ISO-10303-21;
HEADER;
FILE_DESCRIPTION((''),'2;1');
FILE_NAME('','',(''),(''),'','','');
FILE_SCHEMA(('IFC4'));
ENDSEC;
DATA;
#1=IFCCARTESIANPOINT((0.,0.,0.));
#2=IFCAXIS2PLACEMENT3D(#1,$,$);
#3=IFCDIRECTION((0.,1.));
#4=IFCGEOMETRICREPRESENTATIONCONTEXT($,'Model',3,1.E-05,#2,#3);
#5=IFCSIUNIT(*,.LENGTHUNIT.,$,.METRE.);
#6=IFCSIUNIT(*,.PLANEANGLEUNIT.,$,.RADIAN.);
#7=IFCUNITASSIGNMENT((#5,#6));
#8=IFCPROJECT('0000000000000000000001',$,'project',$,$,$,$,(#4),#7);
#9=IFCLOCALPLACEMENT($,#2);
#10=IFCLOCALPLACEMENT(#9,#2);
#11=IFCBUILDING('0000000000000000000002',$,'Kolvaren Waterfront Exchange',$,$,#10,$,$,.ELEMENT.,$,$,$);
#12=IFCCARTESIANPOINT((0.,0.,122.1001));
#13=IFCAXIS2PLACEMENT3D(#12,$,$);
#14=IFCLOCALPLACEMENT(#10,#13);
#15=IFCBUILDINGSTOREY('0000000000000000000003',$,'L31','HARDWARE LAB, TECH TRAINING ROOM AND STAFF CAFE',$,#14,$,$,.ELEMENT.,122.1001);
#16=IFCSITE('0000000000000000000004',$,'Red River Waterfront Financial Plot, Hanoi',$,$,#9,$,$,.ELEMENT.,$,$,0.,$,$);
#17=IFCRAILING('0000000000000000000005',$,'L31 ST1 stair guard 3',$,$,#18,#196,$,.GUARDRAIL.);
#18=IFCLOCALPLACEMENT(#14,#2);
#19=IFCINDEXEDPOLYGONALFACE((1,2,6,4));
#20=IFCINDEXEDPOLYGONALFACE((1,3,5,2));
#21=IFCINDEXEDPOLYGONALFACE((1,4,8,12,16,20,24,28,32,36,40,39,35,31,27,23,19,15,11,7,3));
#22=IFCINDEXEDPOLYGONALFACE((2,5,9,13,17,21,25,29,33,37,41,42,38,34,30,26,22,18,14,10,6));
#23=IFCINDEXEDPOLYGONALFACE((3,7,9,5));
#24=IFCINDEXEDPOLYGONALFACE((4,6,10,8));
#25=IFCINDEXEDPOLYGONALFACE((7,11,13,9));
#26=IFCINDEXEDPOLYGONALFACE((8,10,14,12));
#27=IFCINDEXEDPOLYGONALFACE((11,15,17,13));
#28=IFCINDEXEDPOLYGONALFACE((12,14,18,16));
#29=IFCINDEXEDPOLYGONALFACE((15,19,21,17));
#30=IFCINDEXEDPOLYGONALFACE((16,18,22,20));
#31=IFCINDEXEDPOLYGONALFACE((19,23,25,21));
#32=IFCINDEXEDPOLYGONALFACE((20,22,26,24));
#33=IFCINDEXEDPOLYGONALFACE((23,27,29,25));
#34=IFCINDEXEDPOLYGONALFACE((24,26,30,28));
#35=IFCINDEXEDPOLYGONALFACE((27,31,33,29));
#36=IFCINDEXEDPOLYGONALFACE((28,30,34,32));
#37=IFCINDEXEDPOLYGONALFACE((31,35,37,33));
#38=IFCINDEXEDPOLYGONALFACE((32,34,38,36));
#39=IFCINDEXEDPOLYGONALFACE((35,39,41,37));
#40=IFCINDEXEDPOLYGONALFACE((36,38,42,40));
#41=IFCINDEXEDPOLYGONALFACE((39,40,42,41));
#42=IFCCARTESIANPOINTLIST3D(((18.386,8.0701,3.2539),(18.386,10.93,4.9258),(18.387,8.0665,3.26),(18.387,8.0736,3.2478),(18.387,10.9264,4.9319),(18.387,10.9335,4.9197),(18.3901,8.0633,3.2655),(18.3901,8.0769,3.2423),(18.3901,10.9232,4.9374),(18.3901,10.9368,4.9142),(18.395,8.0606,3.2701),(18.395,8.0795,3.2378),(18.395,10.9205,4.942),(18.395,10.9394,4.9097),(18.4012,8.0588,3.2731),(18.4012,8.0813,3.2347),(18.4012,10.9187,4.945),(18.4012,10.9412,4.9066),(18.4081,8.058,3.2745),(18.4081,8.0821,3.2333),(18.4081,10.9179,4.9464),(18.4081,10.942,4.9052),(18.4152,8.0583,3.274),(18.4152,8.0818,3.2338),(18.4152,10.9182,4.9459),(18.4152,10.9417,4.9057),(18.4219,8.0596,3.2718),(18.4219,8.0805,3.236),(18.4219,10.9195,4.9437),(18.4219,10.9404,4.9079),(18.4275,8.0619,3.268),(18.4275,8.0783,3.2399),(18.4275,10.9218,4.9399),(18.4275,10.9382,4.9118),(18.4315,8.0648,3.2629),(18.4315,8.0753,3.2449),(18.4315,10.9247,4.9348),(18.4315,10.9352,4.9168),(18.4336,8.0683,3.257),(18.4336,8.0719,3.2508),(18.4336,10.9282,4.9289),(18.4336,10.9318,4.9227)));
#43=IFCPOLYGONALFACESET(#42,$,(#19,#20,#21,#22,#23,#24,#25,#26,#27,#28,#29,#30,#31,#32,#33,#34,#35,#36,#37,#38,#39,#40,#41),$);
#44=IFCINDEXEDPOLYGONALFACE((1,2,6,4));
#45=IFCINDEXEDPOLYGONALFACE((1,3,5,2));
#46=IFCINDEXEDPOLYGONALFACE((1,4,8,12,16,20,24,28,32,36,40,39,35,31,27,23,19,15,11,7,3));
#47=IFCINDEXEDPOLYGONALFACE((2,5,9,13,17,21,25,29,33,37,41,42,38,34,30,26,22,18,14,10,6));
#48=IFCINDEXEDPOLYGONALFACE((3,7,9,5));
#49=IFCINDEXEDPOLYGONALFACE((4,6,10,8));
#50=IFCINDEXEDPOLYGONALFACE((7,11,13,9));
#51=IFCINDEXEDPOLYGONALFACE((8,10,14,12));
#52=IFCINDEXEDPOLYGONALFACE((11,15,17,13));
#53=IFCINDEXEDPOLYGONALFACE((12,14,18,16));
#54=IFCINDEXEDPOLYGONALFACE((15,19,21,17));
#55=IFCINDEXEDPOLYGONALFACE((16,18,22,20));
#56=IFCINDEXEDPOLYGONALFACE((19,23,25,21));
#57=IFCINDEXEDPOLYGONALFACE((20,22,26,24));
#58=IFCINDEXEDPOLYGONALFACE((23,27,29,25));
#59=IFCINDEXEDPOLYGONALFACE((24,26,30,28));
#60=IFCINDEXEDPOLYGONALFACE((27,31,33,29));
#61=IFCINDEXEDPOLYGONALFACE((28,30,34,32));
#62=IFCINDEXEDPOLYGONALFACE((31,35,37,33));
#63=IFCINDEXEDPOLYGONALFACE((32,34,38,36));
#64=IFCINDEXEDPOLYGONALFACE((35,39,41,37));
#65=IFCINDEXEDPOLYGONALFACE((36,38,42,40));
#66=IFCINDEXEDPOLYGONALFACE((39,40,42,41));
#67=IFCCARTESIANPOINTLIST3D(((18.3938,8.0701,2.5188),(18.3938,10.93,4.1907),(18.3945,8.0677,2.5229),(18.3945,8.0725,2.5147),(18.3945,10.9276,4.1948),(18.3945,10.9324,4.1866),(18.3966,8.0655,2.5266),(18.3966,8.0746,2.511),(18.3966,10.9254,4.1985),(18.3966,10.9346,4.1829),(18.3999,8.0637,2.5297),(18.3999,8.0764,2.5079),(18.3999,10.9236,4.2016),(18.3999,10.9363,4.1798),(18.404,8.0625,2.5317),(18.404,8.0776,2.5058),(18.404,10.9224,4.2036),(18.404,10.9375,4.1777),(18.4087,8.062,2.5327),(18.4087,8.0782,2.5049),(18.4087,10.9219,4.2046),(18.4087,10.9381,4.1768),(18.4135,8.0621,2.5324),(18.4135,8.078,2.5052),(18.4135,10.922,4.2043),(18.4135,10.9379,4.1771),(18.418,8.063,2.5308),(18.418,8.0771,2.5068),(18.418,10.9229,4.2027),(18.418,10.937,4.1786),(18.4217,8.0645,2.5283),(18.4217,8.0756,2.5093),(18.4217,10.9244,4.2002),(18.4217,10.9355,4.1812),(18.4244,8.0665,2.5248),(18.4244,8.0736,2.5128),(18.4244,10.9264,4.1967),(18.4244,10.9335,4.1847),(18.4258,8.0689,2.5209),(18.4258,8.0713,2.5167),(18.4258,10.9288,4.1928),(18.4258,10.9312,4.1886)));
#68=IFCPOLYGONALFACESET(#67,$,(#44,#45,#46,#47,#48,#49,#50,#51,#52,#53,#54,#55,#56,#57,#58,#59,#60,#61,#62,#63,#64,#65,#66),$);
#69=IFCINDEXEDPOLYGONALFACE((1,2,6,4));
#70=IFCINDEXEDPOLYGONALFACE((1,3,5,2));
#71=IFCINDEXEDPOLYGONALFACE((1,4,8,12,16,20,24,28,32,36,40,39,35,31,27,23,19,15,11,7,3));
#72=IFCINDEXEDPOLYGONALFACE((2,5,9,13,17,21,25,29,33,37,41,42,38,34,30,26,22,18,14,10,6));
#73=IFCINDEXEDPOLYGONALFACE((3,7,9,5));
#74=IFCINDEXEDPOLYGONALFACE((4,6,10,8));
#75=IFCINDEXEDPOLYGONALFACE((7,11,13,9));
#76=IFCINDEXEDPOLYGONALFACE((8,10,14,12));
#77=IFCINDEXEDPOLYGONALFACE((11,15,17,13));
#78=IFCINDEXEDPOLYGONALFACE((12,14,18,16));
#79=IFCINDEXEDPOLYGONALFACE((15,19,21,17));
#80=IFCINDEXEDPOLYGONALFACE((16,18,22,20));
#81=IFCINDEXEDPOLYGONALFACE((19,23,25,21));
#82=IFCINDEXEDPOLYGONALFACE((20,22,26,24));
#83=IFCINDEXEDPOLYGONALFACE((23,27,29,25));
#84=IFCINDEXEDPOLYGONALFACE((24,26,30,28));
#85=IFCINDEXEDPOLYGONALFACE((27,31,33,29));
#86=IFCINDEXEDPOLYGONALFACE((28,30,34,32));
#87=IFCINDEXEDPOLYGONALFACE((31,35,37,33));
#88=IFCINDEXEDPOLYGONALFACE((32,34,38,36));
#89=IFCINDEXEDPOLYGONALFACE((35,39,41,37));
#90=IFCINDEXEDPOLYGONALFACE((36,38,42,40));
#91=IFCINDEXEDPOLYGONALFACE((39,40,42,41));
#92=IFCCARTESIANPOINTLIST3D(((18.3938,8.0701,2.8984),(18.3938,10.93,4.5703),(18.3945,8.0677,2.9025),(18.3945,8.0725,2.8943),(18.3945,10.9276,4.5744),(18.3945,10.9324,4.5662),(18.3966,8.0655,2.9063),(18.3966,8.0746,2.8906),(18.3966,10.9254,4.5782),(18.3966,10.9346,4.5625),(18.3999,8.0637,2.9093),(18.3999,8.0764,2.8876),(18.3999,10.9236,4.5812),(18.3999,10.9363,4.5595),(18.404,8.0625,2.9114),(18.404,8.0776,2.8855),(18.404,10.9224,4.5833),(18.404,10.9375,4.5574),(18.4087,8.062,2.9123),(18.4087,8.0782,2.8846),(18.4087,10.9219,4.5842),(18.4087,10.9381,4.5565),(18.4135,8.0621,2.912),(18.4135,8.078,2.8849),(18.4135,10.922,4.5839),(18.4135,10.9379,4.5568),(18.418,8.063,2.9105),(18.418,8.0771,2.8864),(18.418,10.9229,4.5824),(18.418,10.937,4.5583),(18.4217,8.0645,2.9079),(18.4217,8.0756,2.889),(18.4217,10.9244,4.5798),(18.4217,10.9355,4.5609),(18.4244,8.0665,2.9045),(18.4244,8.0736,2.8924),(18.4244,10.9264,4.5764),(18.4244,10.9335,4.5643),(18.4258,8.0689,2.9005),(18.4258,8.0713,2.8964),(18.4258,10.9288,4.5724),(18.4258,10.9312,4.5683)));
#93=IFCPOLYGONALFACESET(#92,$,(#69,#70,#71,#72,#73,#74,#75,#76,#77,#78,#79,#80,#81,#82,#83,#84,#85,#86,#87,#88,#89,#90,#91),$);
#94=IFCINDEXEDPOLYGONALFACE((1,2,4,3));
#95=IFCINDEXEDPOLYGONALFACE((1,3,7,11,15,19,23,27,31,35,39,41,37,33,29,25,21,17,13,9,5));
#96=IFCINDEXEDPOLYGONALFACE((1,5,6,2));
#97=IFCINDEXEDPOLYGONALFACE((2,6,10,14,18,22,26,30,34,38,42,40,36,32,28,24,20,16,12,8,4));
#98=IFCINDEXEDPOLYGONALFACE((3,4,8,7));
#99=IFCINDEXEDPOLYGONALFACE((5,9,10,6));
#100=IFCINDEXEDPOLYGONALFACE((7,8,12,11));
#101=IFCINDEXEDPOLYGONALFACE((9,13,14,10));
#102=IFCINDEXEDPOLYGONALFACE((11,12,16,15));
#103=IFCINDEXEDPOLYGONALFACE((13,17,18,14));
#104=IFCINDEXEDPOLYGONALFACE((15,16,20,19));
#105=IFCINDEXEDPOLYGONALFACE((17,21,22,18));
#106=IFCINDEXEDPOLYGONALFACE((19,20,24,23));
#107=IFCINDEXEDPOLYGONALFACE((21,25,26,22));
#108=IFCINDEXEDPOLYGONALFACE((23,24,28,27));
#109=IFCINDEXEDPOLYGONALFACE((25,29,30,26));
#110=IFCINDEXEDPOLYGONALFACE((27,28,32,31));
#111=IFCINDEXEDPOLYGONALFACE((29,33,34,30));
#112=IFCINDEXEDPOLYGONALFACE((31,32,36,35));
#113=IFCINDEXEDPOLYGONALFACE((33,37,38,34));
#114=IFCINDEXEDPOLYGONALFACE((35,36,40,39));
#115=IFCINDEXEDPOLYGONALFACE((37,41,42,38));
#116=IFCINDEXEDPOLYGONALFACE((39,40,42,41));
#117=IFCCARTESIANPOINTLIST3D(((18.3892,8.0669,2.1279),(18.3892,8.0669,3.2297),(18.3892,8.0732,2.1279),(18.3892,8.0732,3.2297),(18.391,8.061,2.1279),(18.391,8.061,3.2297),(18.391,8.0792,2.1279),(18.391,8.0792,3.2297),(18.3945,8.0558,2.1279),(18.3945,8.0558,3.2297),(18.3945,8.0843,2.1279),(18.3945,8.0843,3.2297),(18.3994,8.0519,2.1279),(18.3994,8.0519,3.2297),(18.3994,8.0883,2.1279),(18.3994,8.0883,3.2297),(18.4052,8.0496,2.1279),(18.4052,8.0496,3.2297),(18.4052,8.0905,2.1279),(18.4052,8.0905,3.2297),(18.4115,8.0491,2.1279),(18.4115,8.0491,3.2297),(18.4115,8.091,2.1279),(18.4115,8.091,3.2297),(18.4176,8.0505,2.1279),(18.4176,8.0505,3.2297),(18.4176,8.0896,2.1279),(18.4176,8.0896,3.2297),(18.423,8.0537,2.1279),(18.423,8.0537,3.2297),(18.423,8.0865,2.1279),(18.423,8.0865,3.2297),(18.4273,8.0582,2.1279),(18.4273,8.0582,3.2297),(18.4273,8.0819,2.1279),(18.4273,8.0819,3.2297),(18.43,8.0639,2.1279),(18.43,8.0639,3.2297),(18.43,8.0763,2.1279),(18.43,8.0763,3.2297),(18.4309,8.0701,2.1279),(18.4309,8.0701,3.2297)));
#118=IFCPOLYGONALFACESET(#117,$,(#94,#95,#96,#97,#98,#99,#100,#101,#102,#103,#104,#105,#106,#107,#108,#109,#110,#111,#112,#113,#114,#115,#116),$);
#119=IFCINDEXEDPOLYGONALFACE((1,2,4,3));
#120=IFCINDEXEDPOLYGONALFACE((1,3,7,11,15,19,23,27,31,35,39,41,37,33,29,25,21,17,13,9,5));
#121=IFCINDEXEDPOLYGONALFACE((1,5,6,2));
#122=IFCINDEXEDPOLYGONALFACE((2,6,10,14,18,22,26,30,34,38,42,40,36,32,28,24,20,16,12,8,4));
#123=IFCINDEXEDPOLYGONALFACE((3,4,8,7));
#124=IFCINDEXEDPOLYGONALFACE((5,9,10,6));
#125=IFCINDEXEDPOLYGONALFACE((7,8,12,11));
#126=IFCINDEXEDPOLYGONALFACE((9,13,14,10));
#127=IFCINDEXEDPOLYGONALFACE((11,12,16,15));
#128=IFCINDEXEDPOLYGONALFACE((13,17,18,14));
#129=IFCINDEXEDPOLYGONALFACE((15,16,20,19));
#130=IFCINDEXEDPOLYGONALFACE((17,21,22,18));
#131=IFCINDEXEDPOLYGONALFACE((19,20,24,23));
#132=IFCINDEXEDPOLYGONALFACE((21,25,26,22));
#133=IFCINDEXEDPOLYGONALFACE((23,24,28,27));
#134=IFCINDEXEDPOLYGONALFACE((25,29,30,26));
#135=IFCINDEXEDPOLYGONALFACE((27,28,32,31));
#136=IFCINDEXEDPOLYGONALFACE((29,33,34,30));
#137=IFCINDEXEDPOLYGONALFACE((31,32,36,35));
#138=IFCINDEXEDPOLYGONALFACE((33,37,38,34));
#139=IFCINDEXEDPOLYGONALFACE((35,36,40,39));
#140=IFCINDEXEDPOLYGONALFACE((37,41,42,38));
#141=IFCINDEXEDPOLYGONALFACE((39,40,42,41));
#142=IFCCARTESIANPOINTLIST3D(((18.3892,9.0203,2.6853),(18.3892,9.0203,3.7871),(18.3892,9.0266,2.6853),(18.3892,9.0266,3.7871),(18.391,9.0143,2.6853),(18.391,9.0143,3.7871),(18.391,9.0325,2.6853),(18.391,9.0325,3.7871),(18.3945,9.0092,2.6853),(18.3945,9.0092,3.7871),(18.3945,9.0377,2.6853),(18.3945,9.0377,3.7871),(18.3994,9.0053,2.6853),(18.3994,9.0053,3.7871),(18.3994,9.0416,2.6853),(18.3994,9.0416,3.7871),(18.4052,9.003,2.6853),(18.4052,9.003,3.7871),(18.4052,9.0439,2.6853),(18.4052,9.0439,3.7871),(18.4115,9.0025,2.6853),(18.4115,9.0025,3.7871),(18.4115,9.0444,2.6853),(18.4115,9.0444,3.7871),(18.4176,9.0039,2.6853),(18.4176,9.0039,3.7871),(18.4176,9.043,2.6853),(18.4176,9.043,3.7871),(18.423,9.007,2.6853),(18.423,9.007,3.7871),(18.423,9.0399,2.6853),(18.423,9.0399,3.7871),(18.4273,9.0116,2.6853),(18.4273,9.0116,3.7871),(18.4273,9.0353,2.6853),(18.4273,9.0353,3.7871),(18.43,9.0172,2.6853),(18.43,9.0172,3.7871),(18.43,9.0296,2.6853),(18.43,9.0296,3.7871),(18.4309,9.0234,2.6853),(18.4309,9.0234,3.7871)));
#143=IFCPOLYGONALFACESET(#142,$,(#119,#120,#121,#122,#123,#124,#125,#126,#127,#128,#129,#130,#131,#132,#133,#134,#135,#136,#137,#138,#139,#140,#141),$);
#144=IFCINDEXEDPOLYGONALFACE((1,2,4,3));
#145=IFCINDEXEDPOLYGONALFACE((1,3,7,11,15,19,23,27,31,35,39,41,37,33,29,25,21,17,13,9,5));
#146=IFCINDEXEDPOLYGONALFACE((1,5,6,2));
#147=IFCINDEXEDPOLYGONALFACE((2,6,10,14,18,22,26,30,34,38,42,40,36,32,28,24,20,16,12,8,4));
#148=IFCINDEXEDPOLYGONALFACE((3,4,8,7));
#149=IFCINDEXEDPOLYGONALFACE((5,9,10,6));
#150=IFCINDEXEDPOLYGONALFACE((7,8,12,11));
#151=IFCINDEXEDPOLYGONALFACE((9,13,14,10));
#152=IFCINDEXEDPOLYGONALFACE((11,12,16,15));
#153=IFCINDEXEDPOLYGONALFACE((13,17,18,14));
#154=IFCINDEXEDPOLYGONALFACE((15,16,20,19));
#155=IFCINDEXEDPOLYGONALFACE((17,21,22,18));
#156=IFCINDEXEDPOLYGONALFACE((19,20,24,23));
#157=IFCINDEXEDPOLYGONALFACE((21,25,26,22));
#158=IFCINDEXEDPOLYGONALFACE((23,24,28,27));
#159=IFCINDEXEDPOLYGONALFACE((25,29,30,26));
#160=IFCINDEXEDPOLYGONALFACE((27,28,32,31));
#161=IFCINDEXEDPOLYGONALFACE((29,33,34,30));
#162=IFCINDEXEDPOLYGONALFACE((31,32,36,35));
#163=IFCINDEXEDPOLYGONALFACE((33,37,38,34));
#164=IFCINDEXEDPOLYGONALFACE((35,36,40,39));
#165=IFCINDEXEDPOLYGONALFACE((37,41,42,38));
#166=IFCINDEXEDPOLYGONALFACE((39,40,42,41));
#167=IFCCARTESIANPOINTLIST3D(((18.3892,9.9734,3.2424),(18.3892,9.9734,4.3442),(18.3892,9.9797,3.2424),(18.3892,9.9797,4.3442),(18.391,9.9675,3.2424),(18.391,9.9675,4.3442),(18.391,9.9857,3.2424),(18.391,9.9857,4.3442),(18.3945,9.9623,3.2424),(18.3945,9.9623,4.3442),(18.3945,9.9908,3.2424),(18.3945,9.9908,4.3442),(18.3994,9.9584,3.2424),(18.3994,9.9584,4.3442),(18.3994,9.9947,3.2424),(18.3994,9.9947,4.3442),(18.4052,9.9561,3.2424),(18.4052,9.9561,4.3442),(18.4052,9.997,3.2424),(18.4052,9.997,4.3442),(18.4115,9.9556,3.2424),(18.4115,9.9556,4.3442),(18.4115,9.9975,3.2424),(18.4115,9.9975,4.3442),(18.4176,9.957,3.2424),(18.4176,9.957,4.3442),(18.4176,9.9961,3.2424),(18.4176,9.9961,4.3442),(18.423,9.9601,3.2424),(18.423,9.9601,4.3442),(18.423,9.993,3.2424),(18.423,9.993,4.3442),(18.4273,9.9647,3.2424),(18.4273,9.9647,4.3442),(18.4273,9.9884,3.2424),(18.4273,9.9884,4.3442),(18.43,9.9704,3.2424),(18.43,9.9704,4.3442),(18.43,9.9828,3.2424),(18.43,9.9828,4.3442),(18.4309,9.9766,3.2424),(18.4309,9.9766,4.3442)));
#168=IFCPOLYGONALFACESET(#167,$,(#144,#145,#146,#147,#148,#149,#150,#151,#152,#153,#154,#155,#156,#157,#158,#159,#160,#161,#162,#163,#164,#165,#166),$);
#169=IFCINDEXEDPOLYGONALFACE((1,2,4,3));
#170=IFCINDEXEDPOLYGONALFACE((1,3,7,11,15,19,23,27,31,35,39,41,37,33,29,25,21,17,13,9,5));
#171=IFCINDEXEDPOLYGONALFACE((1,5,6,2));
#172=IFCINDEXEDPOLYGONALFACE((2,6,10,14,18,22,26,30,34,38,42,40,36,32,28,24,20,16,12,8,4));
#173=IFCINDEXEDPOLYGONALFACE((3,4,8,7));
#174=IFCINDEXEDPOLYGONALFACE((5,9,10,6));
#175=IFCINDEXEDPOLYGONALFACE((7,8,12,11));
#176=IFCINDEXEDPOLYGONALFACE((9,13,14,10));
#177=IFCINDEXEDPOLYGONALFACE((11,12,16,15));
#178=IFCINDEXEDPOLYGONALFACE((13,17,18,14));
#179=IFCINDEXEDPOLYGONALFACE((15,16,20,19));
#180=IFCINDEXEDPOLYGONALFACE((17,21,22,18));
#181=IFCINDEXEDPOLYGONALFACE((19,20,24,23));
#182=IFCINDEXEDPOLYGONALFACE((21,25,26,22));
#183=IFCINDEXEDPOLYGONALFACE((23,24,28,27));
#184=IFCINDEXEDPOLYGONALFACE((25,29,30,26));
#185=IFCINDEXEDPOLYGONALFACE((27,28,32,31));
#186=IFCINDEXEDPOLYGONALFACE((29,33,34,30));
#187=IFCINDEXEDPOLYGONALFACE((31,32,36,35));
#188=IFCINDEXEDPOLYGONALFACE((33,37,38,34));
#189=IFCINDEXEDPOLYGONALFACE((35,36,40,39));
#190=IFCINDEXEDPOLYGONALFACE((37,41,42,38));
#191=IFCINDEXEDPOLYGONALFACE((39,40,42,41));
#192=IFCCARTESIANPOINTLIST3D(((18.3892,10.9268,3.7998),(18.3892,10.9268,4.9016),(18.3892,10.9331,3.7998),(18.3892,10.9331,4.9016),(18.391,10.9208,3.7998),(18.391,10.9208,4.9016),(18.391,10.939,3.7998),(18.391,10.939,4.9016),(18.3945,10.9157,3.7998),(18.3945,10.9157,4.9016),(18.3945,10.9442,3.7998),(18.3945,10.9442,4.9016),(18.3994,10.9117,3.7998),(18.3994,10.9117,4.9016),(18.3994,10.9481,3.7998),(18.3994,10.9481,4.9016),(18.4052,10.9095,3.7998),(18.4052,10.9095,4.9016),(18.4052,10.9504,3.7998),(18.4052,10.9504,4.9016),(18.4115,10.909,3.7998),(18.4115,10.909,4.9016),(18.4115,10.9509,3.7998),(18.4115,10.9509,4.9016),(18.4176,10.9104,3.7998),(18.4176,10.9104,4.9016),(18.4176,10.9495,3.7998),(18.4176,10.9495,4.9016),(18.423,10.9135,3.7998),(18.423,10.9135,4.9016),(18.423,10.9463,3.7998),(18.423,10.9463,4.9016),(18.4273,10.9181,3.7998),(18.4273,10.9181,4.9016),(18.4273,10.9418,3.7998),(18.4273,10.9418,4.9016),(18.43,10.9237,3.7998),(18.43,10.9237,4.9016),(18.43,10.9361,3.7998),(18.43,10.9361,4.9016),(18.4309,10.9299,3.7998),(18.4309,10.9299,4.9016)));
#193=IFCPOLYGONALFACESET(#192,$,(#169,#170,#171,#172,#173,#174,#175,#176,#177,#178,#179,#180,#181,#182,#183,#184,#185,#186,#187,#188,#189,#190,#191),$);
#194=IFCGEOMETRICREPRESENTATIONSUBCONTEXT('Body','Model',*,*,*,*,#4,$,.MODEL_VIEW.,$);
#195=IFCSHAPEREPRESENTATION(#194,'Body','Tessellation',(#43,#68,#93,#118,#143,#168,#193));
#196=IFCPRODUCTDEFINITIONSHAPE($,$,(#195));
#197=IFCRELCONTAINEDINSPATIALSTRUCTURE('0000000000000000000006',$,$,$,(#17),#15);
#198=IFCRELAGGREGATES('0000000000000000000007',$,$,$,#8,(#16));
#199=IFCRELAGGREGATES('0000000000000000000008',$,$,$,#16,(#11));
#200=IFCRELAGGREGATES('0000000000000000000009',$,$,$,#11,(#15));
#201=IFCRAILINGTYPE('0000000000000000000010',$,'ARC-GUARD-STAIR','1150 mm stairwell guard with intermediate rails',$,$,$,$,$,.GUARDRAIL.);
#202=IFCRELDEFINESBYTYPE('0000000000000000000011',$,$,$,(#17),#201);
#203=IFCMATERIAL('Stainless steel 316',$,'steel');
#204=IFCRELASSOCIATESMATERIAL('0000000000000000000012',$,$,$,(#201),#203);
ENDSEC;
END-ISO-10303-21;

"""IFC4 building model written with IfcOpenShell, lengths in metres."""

from ifc_helpers import new_model, si_unit, direction, frame, origin, origin_2d, place, context, subcontext, project, spatial, circle, extrude, material, type_object, element, save


model = new_model("IFC4")

# Units and contexts
model_context = context("Model", 3, precision=1e-05, world=origin(), true_north=direction((0.0, 1.0)))
body_context = subcontext(model_context, "Body", "Model", "MODEL_VIEW")
ifc_project = project(units=[si_unit("LENGTHUNIT", "METRE"), si_unit("PLANEANGLEUNIT", "RADIAN")], contexts=[model_context])

# Site, building, storey
site_placement = place(None, origin())
site = spatial("IfcSite", under=ifc_project, at=site_placement, Name="Red River Waterfront Financial Plot, Hanoi", CompositionType="ELEMENT", RefElevation=0.0)
building_placement = place(site_placement, origin())
building = spatial("IfcBuilding", under=site, at=building_placement, Name="Kolvaren Waterfront Exchange", CompositionType="ELEMENT")
storey_placement = place(building_placement, frame((0.0, 0.0, 122.1001)))
storey = spatial("IfcBuildingStorey", under=building, at=storey_placement, Name="L31", Description="HARDWARE LAB, TECH TRAINING ROOM AND STAFF CAFE", CompositionType="ELEMENT", Elevation=122.1001)

# Railing
ifc_material_1 = material(Name="Stainless steel 316", Category="steel")
railing_type_1 = type_object("IfcRailingType", Name="ARC-GUARD-STAIR", Description="1150 mm stairwell guard with intermediate rails", PredefinedType="GUARDRAIL", material=ifc_material_1)
railing_1_placement = place(storey_placement, frame((18.4099, 8.0701, 2.1279)))
element("IfcRailing", 1, at=railing_1_placement, inside=storey, type_object=railing_type_1, Name="L31 ST1 stair guard 3", PredefinedType="GUARDRAIL", context=body_context, shape_type="SweptSolid", body=[
    extrude(circle(Radius=0.0239, at=origin_2d()), frame((0.0, 0.0, 1.126), z_axis=(0.0, 0.863303, 0.504686), x_axis=(-1.0, 0.0, 0.0)), (0.0, 0.0, 1.0), 3.3127),
    extrude(circle(Radius=0.0161, at=origin_2d()), frame((0.0, 0.0, 0.3909), z_axis=(0.0, 0.863303, 0.504686), x_axis=(-1.0, 0.0, 0.0)), (0.0, 0.0, 1.0), 3.3127),
    extrude(circle(Radius=0.0161, at=origin_2d()), frame((0.0, 0.0, 0.7705), z_axis=(0.0, 0.863303, 0.504686), x_axis=(-1.0, 0.0, 0.0)), (0.0, 0.0, 1.0), 3.3127),
    extrude(circle(Radius=0.021, at=origin_2d()), origin(), (0.0, 0.0, 1.0), 1.1018),
    extrude(circle(Radius=0.021, at=origin_2d()), frame((0.0, 0.9534, 0.5574)), (0.0, 0.0, 1.0), 1.1018),
    extrude(circle(Radius=0.021, at=origin_2d()), frame((0.0, 1.9065, 1.1145)), (0.0, 0.0, 1.0), 1.1018),
    extrude(circle(Radius=0.021, at=origin_2d()), frame((0.0, 2.8599, 1.6719)), (0.0, 0.0, 1.0), 1.1018),
])

save(model, "model.ifc")
